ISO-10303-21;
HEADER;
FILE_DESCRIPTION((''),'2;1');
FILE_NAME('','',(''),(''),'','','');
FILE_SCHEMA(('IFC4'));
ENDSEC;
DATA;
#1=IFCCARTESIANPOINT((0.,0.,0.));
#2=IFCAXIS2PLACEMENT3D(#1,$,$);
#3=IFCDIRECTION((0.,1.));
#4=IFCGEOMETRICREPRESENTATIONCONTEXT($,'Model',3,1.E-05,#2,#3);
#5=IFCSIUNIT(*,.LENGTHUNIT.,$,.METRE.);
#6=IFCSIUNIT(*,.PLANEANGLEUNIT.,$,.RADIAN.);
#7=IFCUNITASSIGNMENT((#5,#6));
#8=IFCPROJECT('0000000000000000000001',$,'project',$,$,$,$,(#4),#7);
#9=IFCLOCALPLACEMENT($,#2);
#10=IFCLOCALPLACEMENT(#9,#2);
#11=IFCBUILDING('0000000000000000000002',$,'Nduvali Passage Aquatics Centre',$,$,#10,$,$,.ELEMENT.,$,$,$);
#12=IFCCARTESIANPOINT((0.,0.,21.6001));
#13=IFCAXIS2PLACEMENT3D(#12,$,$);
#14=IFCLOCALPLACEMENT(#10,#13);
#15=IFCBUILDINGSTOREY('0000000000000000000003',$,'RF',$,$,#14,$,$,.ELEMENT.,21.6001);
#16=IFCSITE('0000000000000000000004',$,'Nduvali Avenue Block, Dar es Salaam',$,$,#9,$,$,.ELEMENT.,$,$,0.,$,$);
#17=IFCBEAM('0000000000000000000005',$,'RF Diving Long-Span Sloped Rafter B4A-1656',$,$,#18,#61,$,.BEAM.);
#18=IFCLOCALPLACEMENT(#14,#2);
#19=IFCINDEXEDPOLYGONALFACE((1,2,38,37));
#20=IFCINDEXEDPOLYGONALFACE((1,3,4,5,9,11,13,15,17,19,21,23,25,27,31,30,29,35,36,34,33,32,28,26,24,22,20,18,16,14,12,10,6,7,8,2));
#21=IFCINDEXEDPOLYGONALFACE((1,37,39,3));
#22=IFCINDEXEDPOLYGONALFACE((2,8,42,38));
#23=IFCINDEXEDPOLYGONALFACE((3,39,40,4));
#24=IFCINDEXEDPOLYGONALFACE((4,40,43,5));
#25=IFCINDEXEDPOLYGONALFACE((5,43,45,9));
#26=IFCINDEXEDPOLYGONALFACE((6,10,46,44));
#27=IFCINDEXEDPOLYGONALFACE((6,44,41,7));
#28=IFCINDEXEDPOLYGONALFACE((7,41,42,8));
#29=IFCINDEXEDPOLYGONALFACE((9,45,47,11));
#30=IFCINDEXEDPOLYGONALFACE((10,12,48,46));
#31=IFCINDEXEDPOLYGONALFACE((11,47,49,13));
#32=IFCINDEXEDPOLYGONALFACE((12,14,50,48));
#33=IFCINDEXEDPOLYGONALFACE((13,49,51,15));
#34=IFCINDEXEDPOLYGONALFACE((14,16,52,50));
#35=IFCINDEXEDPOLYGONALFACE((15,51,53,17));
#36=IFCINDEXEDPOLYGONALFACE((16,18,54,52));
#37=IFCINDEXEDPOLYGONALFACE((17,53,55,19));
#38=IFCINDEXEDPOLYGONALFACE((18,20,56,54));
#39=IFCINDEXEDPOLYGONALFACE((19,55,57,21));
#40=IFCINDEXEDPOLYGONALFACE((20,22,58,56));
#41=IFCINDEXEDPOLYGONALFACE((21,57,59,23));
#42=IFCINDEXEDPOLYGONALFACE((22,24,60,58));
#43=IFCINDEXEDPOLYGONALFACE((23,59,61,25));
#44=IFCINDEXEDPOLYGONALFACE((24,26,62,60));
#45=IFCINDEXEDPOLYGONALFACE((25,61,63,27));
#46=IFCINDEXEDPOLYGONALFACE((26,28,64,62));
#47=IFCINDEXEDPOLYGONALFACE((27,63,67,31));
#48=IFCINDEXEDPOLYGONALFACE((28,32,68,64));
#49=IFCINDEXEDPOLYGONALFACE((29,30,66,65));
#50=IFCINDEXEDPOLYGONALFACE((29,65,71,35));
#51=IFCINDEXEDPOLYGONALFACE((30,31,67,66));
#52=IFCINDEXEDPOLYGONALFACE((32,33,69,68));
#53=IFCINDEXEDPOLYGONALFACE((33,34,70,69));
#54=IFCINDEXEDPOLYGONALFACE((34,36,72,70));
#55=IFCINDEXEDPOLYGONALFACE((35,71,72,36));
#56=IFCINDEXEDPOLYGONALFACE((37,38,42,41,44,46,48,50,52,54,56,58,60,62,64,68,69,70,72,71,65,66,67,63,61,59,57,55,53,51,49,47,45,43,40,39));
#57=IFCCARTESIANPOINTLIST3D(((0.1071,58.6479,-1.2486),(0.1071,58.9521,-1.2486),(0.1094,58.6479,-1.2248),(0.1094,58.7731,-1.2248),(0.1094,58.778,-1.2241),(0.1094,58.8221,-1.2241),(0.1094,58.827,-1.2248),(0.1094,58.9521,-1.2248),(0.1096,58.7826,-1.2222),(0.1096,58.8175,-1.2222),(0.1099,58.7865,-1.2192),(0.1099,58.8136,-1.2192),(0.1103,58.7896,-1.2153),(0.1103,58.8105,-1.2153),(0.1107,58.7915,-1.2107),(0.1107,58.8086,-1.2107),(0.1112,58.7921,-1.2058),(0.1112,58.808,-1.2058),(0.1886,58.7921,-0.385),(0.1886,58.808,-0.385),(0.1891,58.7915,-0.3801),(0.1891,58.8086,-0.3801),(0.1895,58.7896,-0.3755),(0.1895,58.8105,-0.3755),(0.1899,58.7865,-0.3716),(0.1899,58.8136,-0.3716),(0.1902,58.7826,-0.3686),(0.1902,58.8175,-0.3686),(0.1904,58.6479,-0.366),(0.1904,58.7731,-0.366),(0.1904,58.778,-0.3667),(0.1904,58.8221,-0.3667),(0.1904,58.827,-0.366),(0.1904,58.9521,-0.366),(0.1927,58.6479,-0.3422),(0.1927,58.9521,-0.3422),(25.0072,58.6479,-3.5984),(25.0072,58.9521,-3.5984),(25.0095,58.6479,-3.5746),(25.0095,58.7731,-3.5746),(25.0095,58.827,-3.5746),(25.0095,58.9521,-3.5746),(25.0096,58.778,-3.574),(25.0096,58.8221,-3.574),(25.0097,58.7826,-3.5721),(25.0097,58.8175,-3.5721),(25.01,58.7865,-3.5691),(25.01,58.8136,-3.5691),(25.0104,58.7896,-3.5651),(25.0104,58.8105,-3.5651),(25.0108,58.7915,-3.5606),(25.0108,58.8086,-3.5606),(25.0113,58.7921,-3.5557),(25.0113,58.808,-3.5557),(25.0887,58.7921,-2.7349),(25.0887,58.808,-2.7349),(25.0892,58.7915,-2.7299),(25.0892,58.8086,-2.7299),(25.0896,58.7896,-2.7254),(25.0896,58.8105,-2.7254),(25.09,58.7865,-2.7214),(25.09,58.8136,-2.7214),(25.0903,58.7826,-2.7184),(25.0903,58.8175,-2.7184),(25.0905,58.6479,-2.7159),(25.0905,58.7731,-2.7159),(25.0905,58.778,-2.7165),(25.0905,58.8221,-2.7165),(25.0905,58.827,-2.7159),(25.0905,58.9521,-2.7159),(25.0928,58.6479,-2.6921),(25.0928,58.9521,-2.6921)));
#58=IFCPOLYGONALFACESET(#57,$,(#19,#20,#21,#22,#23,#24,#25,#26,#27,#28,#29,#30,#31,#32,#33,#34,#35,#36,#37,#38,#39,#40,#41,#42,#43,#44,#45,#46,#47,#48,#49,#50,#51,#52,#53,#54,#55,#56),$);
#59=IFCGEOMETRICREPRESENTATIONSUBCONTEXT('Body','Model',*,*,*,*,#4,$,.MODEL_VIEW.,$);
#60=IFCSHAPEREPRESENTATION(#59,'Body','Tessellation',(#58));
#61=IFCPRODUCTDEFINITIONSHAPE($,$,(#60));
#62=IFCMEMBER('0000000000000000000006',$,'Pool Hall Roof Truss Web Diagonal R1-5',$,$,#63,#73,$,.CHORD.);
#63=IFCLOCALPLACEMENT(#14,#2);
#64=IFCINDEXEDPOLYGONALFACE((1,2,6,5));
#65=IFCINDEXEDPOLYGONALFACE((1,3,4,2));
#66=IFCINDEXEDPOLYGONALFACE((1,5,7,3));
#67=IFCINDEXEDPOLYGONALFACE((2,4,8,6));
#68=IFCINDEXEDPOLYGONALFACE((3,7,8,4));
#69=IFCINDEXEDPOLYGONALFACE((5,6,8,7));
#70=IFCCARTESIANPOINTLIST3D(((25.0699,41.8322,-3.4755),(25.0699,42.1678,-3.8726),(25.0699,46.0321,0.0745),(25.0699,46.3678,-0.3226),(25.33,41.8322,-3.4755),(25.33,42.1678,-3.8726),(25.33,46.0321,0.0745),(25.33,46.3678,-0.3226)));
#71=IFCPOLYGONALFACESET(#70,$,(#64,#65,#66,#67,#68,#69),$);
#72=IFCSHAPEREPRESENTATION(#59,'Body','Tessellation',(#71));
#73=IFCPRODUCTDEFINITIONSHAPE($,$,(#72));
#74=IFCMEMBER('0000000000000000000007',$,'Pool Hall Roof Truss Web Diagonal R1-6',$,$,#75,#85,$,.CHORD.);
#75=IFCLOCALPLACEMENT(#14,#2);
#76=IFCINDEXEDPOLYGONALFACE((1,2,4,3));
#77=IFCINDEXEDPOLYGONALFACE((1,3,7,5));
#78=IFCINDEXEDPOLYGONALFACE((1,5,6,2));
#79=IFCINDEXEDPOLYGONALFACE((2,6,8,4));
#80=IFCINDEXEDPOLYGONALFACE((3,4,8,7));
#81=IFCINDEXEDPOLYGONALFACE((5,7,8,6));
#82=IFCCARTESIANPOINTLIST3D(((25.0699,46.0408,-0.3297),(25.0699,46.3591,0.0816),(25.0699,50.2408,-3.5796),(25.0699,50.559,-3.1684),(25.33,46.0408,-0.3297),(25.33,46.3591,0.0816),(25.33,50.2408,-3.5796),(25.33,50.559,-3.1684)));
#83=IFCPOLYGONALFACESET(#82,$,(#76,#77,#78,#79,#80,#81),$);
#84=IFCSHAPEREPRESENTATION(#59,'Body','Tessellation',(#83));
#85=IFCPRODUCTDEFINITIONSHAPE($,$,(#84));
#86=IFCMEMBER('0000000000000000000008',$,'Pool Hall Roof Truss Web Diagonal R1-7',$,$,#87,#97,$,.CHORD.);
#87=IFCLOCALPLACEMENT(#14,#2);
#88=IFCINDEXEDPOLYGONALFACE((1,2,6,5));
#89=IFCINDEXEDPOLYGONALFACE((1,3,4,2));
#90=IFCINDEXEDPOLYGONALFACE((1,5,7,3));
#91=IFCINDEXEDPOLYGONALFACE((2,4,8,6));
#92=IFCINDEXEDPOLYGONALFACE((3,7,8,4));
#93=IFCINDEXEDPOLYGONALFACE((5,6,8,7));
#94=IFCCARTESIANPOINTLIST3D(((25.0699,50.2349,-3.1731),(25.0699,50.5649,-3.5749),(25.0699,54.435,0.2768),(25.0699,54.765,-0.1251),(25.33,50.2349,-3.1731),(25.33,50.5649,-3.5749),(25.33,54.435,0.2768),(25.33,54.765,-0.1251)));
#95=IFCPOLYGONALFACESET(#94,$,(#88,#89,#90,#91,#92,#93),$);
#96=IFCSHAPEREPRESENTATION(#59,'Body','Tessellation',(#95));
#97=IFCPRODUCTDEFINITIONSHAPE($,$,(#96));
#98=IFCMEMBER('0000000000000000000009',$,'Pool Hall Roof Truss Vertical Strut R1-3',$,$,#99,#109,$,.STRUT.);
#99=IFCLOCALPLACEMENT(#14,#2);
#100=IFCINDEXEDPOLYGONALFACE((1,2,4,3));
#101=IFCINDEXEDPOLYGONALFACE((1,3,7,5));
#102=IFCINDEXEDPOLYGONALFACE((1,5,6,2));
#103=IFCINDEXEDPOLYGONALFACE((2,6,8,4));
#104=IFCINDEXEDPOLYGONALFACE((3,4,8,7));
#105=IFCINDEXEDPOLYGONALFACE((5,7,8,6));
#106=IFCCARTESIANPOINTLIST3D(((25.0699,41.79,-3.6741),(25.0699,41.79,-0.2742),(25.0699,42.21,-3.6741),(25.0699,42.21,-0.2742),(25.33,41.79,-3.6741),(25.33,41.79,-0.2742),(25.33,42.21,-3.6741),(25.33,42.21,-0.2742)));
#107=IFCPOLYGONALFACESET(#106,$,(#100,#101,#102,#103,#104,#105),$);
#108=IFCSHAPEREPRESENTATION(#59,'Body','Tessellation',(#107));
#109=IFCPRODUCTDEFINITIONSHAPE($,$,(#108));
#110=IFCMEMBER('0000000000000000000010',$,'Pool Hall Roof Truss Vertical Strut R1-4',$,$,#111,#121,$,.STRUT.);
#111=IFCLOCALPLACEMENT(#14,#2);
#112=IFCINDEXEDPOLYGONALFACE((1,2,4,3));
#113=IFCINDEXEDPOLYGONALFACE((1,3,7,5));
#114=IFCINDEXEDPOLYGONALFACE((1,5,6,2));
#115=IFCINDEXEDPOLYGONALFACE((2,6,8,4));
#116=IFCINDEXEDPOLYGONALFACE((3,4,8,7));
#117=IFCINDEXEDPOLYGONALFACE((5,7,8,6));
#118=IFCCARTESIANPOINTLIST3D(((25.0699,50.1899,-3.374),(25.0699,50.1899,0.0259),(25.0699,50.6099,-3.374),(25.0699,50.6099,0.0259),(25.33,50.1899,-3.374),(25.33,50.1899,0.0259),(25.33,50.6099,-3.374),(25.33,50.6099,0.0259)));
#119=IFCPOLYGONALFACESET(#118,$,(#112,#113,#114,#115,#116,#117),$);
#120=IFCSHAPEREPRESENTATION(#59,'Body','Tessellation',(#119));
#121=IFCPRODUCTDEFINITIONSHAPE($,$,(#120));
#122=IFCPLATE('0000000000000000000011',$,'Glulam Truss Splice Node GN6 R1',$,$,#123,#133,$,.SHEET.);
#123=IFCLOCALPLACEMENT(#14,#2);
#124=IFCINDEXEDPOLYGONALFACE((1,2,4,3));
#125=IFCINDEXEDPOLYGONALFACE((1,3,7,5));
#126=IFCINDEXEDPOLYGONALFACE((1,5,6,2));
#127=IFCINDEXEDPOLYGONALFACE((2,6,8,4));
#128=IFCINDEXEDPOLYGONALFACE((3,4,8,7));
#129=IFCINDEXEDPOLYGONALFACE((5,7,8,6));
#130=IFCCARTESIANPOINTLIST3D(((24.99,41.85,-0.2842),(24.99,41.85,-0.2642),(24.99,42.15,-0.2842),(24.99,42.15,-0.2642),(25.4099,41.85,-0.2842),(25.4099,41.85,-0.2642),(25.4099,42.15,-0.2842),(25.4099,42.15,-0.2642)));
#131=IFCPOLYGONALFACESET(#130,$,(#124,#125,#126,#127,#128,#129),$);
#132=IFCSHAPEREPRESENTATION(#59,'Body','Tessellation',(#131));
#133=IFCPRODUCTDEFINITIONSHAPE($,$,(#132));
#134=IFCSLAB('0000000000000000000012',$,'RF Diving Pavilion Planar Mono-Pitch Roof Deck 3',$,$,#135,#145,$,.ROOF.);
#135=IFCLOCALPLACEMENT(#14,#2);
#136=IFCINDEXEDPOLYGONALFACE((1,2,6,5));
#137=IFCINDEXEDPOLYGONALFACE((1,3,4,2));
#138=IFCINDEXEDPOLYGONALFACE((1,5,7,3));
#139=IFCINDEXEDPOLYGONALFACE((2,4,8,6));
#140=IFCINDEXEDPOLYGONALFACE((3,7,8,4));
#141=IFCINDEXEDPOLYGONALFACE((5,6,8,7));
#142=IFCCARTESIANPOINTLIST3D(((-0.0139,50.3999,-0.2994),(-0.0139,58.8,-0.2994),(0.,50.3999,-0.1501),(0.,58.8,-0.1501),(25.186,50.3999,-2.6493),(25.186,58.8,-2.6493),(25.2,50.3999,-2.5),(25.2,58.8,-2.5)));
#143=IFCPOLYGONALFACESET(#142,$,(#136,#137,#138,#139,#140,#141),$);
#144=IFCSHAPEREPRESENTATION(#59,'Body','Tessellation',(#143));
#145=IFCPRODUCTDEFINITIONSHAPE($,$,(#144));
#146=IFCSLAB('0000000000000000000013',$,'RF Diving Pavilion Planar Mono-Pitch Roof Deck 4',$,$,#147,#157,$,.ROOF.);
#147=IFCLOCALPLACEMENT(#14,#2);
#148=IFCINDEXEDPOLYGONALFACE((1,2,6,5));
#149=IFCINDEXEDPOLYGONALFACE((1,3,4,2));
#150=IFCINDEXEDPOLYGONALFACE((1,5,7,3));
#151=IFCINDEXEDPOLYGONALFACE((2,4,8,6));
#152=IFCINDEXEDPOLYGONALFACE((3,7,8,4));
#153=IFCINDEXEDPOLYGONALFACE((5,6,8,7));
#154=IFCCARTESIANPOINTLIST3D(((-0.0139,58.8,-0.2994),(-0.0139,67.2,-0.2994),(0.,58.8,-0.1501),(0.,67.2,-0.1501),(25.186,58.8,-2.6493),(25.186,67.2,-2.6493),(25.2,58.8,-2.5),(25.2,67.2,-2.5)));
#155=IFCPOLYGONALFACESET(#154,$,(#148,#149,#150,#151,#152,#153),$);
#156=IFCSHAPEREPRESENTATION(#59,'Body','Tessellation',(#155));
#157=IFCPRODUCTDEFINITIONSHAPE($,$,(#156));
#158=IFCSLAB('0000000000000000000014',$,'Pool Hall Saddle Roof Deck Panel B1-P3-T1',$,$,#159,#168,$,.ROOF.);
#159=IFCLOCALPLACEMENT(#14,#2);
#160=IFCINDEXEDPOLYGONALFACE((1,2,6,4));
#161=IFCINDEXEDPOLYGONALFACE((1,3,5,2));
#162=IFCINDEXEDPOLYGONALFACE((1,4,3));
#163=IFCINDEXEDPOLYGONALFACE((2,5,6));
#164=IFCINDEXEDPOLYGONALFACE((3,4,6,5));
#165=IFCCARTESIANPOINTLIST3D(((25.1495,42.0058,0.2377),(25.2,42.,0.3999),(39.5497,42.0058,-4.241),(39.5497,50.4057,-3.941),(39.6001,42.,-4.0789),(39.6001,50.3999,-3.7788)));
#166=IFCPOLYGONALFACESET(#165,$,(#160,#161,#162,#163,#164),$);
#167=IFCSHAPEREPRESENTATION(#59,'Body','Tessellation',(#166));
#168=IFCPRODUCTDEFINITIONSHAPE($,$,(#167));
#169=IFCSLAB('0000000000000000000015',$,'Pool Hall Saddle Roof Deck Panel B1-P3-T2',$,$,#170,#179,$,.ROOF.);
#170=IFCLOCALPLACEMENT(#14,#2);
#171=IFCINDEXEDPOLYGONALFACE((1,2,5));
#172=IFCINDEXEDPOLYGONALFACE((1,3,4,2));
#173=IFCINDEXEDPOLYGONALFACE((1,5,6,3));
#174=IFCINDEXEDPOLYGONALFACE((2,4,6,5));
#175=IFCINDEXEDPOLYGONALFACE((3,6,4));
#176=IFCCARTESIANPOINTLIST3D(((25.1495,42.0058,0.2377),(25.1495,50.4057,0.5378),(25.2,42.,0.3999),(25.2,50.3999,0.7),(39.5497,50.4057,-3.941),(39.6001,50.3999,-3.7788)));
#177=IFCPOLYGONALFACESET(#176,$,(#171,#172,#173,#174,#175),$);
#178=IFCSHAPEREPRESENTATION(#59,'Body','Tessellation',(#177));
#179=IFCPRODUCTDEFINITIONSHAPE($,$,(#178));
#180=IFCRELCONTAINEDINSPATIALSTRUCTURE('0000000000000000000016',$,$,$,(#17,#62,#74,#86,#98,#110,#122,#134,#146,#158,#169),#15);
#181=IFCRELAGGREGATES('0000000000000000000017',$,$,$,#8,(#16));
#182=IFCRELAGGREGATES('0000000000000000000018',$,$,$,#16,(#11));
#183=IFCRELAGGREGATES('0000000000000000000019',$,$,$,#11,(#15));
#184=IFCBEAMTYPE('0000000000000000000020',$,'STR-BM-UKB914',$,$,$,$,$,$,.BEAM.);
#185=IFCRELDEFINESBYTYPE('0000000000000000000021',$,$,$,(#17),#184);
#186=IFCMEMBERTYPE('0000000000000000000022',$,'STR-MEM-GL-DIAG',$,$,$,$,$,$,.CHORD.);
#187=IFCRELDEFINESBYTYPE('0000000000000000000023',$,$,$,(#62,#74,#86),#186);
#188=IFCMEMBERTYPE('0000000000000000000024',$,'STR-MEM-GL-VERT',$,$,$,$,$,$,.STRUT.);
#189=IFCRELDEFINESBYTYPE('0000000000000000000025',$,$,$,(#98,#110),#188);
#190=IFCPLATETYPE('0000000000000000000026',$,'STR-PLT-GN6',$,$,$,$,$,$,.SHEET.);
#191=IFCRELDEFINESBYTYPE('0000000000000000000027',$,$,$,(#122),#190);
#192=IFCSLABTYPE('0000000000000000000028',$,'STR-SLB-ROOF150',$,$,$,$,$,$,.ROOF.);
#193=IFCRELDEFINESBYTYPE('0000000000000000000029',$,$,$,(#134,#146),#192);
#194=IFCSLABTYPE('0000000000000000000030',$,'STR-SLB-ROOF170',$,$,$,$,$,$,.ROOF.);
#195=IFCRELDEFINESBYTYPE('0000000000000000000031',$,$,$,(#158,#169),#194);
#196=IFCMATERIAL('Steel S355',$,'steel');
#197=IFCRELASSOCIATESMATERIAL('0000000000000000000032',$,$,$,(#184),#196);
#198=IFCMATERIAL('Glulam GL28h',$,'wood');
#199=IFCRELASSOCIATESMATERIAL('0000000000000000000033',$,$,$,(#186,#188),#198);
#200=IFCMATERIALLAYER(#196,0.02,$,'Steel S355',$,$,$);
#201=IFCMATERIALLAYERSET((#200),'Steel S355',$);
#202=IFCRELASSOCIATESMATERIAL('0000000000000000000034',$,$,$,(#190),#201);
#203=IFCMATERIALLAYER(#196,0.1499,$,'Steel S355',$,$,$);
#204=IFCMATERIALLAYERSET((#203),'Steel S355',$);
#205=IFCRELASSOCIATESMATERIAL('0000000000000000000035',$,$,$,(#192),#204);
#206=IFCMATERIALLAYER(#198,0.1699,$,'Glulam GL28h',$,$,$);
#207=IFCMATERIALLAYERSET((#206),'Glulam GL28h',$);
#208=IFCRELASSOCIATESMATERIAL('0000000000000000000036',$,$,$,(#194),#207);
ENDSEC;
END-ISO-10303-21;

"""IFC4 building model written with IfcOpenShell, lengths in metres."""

from ifc_helpers import new_model, si_unit, direction, frame, origin, origin_2d, place, context, subcontext, project, spatial, polyline, rectangle, i_section, outline, extrude, material, layer, layer_set, material_profile, profile_set, type_object, element, save


model = new_model("IFC4")

# Units and contexts
model_context = context("Model", 3, precision=1e-05, world=origin(), true_north=direction((0.0, 1.0)))
body_context = subcontext(model_context, "Body", "Model", "MODEL_VIEW")
ifc_project = project(units=[si_unit("LENGTHUNIT", "METRE"), si_unit("PLANEANGLEUNIT", "RADIAN")], contexts=[model_context])

# Site, building, storey
site_placement = place(None, origin())
site = spatial("IfcSite", under=ifc_project, at=site_placement, Name="Nduvali Avenue Block, Dar es Salaam", CompositionType="ELEMENT", RefElevation=0.0)
building_placement = place(site_placement, origin())
building = spatial("IfcBuilding", under=site, at=building_placement, Name="Nduvali Passage Aquatics Centre", CompositionType="ELEMENT")
storey_placement = place(building_placement, frame((0.0, 0.0, 21.6001)))
storey = spatial("IfcBuildingStorey", under=building, at=storey_placement, Name="RF", CompositionType="ELEMENT", Elevation=21.6001)

# Beam
ifc_material_1 = material(Name="Steel S355", Category="steel")
ifc_material_profile_1 = material_profile(ifc_material_1, i_section(OverallWidth=0.3042, OverallDepth=0.9104, WebThickness=0.0159, FlangeThickness=0.0239, FilletRadius=0.019, at=origin_2d()), Name="UKB 914x305x224")
ifc_profile_set_1 = profile_set([ifc_material_profile_1], Name="Steel S355")
beam_type_1 = type_object("IfcBeamType", Name="STR-BM-UKB914", PredefinedType="BEAM", material=ifc_profile_set_1)
beam_1_placement = place(storey_placement, frame((0.1499, 58.8, -0.7954), z_axis=(0.995577, 0.0, -0.093954), x_axis=(0.0, 1.0, 0.0)))
element("IfcBeam", 1, at=beam_1_placement, inside=storey, type_object=beam_type_1, Name="RF Diving Long-Span Sloped Rafter B4A-1656", PredefinedType="BEAM", context=body_context, shape_type="SweptSolid", body=[
    extrude(i_section(OverallWidth=0.3042, OverallDepth=0.9104, WebThickness=0.0159, FlangeThickness=0.0239, FilletRadius=0.019, at=origin_2d()), origin(), (0.0, 0.0, 1.0), 25.0107),
])

# Members
ifc_material_2 = material(Name="Glulam GL28h", Category="wood")
ifc_material_profile_2 = material_profile(ifc_material_2, rectangle(XDim=0.26, YDim=0.52, at=origin_2d()), Name="GL28h 260x520")
ifc_profile_set_2 = profile_set([ifc_material_profile_2], Name="Glulam GL28h")
member_type_1 = type_object("IfcMemberType", Name="STR-MEM-GL-DIAG", PredefinedType="CHORD", material=ifc_profile_set_2)
member_1_placement = place(storey_placement, frame((25.2, 42.0, -3.6741), z_axis=(0.0, 0.763723, 0.645544), x_axis=(-1.0, 0.0, 0.0)))
element("IfcMember", 2, at=member_1_placement, inside=storey, type_object=member_type_1, Name="Pool Hall Roof Truss Web Diagonal R1-5", PredefinedType="CHORD", context=body_context, shape_type="SweptSolid", body=[
    extrude(rectangle(XDim=0.26, YDim=0.52, at=origin_2d()), origin(), (0.0, 0.0, 1.0), 5.4993),
])
member_2_placement = place(storey_placement, frame((25.2, 46.2, -0.124), z_axis=(0.0, 0.790867, -0.611988), x_axis=(-1.0, 0.0, 0.0)))
element("IfcMember", 3, at=member_2_placement, inside=storey, type_object=member_type_1, Name="Pool Hall Roof Truss Web Diagonal R1-6", PredefinedType="CHORD", context=body_context, shape_type="SweptSolid", body=[
    extrude(rectangle(XDim=0.26, YDim=0.52, at=origin_2d()), origin(), (0.0, 0.0, 1.0), 5.3105),
])
member_3_placement = place(storey_placement, frame((25.2, 50.3999, -3.374), z_axis=(0.0, 0.772745, 0.634716), x_axis=(-1.0, 0.0, 0.0)))
element("IfcMember", 4, at=member_3_placement, inside=storey, type_object=member_type_1, Name="Pool Hall Roof Truss Web Diagonal R1-7", PredefinedType="CHORD", context=body_context, shape_type="SweptSolid", body=[
    extrude(rectangle(XDim=0.26, YDim=0.52, at=origin_2d()), origin(), (0.0, 0.0, 1.0), 5.4353),
])
ifc_material_profile_3 = material_profile(ifc_material_2, rectangle(XDim=0.26, YDim=0.4199, at=origin_2d()), Name="GL28h 260x420")
ifc_profile_set_3 = profile_set([ifc_material_profile_3], Name="Glulam GL28h")
member_type_2 = type_object("IfcMemberType", Name="STR-MEM-GL-VERT", PredefinedType="STRUT", material=ifc_profile_set_3)
for number, where, z_axis, x_axis, name in (
    (5, (25.2, 42.0, -3.6741), (0.0, 0.0, 1.0), (1.0, 0.0, 0.0), "Pool Hall Roof Truss Vertical Strut R1-3"),
    (6, (25.2, 50.3999, -3.374), (0.0, 0.0, 1.0), (1.0, 0.0, 0.0), "Pool Hall Roof Truss Vertical Strut R1-4"),
):
    element("IfcMember", number, at=place(storey_placement, frame(where, z_axis=z_axis, x_axis=x_axis)), inside=storey, type_object=member_type_2, Name=name, PredefinedType="STRUT", context=body_context, shape_type="SweptSolid", body=[
        extrude(rectangle(XDim=0.26, YDim=0.4199, at=origin_2d()), origin(), (0.0, 0.0, 1.0), 3.3999),
    ])

# Plate
ifc_layer_1 = layer(ifc_material_1, 0.02, Name="Steel S355")
ifc_layer_set_1 = layer_set([ifc_layer_1], Name="Steel S355")
plate_type = type_object("IfcPlateType", Name="STR-PLT-GN6", PredefinedType="SHEET", material=ifc_layer_set_1)
plate_placement = place(storey_placement, frame((25.2, 42.0, -0.2842), z_axis=(0.0, 0.0, 1.0), x_axis=(1.0, 0.0, 0.0)))
element("IfcPlate", 7, at=plate_placement, inside=storey, type_object=plate_type, Name="Glulam Truss Splice Node GN6 R1", PredefinedType="SHEET", context=body_context, shape_type="SweptSolid", body=[
    extrude(rectangle(XDim=0.4199, YDim=0.3, at=origin_2d()), origin(), (0.0, 0.0, 1.0), 0.02),
])

# Slabs
ifc_layer_2 = layer(ifc_material_1, 0.1499, Name="Steel S355")
ifc_layer_set_2 = layer_set([ifc_layer_2], Name="Steel S355")
slab_type_1 = type_object("IfcSlabType", Name="STR-SLB-ROOF150", PredefinedType="ROOF", material=ifc_layer_set_2)
slab_1_placement = place(storey_placement, frame((0.0, 50.3999, -0.1501), z_axis=(0.092846, 0.0, 0.995681), x_axis=(0.995681, 0.0, -0.092846)))
element("IfcSlab", 8, at=slab_1_placement, inside=storey, type_object=slab_type_1, Name="RF Diving Pavilion Planar Mono-Pitch Roof Deck 3", PredefinedType="ROOF", context=body_context, shape_type="SweptSolid", body=[
    extrude(outline(polyline([(0.0, 0.0), (25.3093, 0.0), (25.3093, 8.4001), (0.0, 8.4001), (0.0, 0.0)])), origin(), (0.0, 0.0, -1.0), 0.1499),
])
slab_2_placement = place(storey_placement, frame((0.0, 58.8, -0.1501), z_axis=(0.092846, 0.0, 0.995681), x_axis=(0.995681, 0.0, -0.092846)))
element("IfcSlab", 9, at=slab_2_placement, inside=storey, type_object=slab_type_1, Name="RF Diving Pavilion Planar Mono-Pitch Roof Deck 4", PredefinedType="ROOF", context=body_context, shape_type="SweptSolid", body=[
    extrude(outline(polyline([(0.0, 0.0), (25.3093, 0.0), (25.3093, 8.3999), (0.0, 8.3999), (0.0, 0.0)])), origin(), (0.0, 0.0, -1.0), 0.1499),
])
ifc_layer_3 = layer(ifc_material_2, 0.1699, Name="Glulam GL28h")
ifc_layer_set_3 = layer_set([ifc_layer_3], Name="Glulam GL28h")
slab_type_2 = type_object("IfcSlabType", Name="STR-SLB-ROOF170", PredefinedType="ROOF", material=ifc_layer_set_3)
slab_3_placement = place(storey_placement, frame((25.2, 42.0, 0.3999), z_axis=(0.296816, -0.034089, 0.954326), x_axis=(0.954881, 0.0, -0.296989)))
element("IfcSlab", 10, at=slab_3_placement, inside=storey, type_object=slab_type_2, Name="Pool Hall Saddle Roof Deck Panel B1-P3-T1", PredefinedType="ROOF", context=body_context, shape_type="SweptSolid", body=[
    extrude(outline(polyline([(0.0, 0.0), (15.0806, 0.0), (14.9915, 8.4048), (0.0, 0.0)])), origin(), (0.0, 0.0, -1.0), 0.1699),
])
slab_4_placement = place(storey_placement, frame((25.2, 42.0, 0.3999), z_axis=(0.296816, -0.034089, 0.954326), x_axis=(0.837864, 0.488743, -0.243136)))
element("IfcSlab", 11, at=slab_4_placement, inside=storey, type_object=slab_type_2, Name="Pool Hall Saddle Roof Deck Panel B1-P3-T2", PredefinedType="ROOF", context=body_context, shape_type="SweptSolid", body=[
    extrude(outline(polyline([(0.0, 0.0), (17.1867, 0.0), (4.0324, 7.3748), (0.0, 0.0)])), origin(), (0.0, 0.0, -1.0), 0.1699),
])

save(model, "model.ifc")
